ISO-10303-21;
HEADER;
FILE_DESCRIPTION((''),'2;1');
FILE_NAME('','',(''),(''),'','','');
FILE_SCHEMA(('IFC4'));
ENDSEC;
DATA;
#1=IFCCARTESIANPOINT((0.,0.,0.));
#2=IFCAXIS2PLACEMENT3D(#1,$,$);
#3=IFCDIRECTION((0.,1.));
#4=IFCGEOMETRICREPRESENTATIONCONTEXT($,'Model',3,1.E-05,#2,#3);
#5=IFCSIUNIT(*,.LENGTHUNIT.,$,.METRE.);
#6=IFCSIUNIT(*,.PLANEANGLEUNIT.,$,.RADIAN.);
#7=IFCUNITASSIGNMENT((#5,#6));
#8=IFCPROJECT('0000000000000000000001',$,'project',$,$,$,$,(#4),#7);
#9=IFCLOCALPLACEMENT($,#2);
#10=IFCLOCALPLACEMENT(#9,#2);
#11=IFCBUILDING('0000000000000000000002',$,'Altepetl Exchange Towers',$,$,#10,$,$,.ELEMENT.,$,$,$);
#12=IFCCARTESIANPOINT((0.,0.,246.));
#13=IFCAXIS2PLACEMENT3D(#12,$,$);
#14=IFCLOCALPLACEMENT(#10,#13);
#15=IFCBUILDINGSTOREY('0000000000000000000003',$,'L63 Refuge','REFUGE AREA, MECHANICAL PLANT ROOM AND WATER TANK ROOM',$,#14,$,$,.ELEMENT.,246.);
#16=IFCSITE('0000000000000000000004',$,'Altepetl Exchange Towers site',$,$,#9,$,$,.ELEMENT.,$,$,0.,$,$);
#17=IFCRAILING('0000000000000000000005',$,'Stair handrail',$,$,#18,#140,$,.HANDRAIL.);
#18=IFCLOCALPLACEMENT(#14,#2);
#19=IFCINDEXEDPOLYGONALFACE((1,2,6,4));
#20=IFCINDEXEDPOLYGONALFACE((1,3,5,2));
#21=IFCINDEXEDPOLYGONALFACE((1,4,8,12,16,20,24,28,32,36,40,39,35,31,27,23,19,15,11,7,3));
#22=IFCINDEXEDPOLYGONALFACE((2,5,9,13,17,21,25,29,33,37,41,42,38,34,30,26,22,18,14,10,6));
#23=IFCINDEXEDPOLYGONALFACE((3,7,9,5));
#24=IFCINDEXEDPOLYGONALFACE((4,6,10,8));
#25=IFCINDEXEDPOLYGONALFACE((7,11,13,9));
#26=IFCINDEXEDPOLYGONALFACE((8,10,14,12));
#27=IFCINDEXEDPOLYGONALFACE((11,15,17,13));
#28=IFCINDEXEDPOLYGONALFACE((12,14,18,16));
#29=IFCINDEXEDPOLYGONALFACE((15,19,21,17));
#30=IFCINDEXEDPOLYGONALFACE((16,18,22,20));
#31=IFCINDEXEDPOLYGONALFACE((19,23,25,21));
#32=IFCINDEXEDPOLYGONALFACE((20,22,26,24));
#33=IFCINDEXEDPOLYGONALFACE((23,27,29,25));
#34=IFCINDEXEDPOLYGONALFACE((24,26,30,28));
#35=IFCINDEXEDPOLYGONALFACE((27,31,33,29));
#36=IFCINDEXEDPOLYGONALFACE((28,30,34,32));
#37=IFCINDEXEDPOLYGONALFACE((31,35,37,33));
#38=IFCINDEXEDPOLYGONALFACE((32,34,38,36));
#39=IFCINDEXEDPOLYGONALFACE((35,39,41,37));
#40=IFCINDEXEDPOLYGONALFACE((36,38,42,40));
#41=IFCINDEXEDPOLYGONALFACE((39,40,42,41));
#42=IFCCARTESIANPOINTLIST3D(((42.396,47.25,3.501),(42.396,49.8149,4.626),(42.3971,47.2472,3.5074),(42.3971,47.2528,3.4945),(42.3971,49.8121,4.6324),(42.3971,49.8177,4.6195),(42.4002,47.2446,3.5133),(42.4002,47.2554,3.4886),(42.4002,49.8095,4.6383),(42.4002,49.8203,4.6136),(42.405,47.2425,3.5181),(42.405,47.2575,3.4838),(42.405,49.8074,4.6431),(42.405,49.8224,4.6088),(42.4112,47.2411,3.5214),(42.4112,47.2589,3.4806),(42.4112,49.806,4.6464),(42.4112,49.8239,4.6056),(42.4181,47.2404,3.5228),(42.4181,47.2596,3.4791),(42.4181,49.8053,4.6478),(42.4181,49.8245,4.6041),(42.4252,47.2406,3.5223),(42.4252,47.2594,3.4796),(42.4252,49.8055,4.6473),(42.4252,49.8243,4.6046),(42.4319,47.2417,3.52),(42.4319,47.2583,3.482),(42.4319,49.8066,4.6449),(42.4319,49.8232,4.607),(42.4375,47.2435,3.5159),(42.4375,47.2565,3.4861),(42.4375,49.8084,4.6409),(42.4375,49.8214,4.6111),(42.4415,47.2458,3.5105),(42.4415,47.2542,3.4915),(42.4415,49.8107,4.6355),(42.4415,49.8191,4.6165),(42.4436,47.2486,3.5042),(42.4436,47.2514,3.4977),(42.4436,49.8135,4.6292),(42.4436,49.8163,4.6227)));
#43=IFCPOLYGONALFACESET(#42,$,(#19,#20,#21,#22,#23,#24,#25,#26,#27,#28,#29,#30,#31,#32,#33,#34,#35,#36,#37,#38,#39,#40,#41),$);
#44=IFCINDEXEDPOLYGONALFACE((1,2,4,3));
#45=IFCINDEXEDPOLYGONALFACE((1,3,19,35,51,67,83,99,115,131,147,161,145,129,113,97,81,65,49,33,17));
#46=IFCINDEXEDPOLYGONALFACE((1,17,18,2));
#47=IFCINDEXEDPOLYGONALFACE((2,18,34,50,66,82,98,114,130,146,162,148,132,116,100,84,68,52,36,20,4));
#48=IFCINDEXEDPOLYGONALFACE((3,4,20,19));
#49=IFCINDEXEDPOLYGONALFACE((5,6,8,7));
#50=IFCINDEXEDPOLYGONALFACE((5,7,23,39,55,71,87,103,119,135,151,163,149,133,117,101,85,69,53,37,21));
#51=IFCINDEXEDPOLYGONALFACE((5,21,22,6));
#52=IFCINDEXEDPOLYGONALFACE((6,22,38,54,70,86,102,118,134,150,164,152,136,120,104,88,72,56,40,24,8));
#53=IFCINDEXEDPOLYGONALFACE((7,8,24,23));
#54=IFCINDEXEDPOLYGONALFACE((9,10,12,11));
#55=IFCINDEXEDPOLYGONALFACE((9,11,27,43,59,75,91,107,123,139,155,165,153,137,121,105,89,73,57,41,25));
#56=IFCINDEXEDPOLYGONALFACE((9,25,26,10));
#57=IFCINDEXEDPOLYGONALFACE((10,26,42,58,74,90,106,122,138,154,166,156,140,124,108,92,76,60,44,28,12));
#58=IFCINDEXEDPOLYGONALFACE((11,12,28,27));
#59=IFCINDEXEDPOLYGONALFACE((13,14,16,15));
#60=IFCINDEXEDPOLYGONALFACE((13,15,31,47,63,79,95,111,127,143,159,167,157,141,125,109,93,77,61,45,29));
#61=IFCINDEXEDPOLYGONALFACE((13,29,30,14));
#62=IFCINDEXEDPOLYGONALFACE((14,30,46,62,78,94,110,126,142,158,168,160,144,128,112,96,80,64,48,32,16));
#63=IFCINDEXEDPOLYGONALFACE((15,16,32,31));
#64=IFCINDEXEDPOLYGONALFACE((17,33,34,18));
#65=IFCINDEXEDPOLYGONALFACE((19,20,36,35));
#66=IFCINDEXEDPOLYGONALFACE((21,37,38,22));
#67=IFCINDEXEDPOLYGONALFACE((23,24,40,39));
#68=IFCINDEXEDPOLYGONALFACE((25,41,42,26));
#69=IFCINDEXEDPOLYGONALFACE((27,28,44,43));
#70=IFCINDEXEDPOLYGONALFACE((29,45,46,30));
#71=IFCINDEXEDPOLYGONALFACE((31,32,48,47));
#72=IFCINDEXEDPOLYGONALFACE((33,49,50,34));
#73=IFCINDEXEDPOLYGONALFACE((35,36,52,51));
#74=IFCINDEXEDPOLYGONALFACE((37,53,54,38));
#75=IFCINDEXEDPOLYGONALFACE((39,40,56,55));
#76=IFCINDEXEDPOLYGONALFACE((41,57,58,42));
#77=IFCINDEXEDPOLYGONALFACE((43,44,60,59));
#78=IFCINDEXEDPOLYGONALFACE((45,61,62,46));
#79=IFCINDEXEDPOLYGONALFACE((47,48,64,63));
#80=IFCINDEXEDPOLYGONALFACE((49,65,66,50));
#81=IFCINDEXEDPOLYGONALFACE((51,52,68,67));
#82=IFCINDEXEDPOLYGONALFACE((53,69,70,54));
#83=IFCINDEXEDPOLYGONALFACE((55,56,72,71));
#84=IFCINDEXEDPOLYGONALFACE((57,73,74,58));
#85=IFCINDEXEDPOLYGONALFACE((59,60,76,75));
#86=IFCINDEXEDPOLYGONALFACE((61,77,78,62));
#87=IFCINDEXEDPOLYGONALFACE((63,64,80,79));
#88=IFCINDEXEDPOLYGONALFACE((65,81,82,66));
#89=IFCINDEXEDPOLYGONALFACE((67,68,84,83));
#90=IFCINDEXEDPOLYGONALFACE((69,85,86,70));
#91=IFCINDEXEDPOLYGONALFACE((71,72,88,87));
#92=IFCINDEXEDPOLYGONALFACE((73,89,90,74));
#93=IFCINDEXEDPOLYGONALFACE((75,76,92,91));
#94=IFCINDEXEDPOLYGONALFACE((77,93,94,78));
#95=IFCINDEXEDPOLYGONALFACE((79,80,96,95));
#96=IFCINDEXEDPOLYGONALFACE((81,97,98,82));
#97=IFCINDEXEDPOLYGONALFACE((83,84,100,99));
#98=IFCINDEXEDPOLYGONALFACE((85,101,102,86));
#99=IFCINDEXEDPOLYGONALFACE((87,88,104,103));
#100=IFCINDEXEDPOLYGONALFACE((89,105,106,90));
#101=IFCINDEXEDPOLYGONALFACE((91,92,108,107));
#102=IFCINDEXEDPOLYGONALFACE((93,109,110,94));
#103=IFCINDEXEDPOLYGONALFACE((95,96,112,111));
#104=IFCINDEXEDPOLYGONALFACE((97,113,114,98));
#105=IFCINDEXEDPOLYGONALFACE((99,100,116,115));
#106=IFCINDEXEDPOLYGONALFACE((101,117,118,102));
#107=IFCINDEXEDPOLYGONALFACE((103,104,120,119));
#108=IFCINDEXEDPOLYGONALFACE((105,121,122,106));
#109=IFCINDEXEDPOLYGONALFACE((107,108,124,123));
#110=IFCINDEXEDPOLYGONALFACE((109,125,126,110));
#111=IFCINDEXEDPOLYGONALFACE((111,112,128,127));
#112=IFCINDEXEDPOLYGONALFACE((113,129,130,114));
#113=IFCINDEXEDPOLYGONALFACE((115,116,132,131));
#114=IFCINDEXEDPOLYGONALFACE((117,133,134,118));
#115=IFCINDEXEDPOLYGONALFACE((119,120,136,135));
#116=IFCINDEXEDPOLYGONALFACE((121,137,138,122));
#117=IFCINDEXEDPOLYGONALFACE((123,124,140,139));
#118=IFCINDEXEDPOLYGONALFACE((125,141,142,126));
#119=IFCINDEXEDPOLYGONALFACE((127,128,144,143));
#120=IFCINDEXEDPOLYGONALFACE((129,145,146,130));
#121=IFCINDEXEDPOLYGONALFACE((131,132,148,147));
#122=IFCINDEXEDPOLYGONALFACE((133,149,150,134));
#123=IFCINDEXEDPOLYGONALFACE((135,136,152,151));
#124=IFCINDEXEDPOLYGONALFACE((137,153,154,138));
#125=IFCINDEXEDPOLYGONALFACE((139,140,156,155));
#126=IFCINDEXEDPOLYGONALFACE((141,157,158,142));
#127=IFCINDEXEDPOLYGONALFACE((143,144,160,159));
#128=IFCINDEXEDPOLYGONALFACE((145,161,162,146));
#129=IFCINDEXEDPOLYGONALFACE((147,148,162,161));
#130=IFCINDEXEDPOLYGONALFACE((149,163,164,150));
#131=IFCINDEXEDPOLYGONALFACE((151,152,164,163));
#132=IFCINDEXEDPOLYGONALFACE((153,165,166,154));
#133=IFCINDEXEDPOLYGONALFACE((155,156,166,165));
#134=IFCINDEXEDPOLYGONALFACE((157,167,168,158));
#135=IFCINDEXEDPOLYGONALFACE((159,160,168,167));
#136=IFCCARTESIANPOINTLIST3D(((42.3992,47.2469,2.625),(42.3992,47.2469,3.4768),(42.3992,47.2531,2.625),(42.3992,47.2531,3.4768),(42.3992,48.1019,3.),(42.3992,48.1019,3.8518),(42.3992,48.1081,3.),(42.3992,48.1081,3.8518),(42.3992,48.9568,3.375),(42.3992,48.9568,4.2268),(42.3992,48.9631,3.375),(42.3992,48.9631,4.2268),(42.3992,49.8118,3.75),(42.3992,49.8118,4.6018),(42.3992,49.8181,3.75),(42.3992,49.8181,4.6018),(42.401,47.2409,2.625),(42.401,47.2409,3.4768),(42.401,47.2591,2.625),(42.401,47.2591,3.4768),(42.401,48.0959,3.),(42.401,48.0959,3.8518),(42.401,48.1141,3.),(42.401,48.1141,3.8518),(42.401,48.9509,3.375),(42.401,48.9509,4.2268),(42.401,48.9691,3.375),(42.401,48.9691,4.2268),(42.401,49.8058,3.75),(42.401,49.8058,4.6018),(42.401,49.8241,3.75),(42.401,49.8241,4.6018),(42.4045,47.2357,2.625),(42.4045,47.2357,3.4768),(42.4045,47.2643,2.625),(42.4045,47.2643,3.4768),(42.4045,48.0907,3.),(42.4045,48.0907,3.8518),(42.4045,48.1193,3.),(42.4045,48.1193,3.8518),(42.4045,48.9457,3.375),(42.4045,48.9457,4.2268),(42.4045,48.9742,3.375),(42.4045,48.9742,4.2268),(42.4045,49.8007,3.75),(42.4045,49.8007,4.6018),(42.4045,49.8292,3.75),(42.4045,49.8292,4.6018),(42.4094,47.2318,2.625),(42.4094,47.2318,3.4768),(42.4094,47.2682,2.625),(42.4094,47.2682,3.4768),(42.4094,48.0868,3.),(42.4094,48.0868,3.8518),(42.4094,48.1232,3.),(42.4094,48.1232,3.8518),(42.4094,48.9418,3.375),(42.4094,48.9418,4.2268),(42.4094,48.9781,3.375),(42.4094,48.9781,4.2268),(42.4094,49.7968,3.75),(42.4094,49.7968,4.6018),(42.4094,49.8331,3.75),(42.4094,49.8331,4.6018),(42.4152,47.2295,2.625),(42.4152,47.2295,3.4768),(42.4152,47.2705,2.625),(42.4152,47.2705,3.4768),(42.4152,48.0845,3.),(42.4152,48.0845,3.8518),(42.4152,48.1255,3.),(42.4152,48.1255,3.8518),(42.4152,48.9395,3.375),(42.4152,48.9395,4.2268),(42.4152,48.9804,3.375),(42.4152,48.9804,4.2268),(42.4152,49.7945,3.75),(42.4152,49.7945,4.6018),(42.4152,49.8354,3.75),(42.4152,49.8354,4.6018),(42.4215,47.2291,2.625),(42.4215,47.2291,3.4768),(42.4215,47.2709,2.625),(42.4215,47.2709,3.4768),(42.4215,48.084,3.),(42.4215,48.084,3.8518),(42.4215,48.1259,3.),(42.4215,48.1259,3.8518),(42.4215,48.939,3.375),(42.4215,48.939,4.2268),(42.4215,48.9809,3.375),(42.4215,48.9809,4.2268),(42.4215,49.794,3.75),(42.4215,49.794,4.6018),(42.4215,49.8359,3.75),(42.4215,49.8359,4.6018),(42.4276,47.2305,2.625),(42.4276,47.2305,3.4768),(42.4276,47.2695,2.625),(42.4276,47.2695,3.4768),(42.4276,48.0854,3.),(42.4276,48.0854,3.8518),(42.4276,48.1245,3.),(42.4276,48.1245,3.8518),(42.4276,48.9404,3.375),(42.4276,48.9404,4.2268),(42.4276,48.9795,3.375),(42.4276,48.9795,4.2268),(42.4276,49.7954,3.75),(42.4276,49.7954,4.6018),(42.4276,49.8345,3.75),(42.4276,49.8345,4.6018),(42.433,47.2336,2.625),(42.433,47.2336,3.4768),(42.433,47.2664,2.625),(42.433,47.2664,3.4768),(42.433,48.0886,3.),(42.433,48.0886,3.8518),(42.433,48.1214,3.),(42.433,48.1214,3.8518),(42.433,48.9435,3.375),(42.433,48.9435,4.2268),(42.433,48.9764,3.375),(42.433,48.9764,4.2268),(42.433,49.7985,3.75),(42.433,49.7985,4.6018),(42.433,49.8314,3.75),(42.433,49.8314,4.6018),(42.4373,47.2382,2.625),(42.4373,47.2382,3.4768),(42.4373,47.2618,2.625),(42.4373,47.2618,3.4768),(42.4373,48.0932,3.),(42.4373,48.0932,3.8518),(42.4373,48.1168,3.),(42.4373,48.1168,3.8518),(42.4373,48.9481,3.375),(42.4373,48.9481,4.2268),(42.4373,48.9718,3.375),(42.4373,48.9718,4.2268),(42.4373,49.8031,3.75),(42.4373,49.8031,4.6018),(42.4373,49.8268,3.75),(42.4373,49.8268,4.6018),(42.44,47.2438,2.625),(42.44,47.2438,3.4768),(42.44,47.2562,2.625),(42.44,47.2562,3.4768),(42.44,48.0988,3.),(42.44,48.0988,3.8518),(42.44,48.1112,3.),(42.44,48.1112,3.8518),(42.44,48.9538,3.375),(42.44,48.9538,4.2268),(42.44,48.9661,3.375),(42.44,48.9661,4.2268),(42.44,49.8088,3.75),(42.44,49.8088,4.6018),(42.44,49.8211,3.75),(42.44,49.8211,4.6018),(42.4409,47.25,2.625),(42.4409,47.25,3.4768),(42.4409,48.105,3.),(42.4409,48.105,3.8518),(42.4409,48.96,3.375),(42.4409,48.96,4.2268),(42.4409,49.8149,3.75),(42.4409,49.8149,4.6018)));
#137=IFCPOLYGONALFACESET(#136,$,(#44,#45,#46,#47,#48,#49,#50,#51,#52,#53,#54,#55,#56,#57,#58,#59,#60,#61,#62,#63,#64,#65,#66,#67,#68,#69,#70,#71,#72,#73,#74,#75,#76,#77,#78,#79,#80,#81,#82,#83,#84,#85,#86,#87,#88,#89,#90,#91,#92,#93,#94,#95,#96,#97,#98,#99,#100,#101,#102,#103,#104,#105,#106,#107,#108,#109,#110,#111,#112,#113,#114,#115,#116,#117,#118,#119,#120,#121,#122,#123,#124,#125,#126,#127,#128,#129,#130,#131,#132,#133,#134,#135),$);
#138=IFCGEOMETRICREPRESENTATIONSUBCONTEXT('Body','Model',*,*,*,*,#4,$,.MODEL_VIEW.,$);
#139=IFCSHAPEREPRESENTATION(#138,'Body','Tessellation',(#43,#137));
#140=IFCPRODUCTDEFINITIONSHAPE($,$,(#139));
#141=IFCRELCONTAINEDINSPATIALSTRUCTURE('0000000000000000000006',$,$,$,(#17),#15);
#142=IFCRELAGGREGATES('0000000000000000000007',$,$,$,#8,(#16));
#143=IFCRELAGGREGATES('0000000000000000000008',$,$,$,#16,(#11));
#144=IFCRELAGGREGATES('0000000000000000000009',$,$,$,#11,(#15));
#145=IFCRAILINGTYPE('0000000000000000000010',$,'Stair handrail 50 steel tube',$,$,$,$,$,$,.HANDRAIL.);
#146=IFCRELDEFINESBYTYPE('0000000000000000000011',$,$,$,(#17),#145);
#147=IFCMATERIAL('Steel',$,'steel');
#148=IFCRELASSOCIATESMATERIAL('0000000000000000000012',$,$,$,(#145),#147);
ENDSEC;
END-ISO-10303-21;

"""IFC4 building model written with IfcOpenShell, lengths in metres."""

from ifc_helpers import new_model, si_unit, direction, frame, origin, origin_2d, place, context, subcontext, project, spatial, circle, extrude, source, transform, mapped, material, type_object, element, save


model = new_model("IFC4")

# Units and contexts
model_context = context("Model", 3, precision=1e-05, world=origin(), true_north=direction((0.0, 1.0)))
body_context = subcontext(model_context, "Body", "Model", "MODEL_VIEW")
ifc_project = project(units=[si_unit("LENGTHUNIT", "METRE"), si_unit("PLANEANGLEUNIT", "RADIAN")], contexts=[model_context])

# Site, building, storey
site_placement = place(None, origin())
site = spatial("IfcSite", under=ifc_project, at=site_placement, Name="Altepetl Exchange Towers site", CompositionType="ELEMENT", RefElevation=0.0)
building_placement = place(site_placement, origin())
building = spatial("IfcBuilding", under=site, at=building_placement, Name="Altepetl Exchange Towers", CompositionType="ELEMENT")
storey_placement = place(building_placement, frame((0.0, 0.0, 246.0)))
storey = spatial("IfcBuildingStorey", under=building, at=storey_placement, Name="L63 Refuge", Description="REFUGE AREA, MECHANICAL PLANT ROOM AND WATER TANK ROOM", CompositionType="ELEMENT", Elevation=246.0)

# Railing
ifc_material_1 = material(Name="Steel", Category="steel")
railing_type = type_object("IfcRailingType", Name="Stair handrail 50 steel tube", PredefinedType="HANDRAIL", material=ifc_material_1)
shared_shape = source(origin(), body_context, "Body", "SweptSolid", [
    extrude(circle(Radius=0.021, at=origin_2d()), origin(), (0.0, 0.0, 1.0), 0.8518),
])
railing_1_placement = place(storey_placement, frame((42.4199, 47.25, 2.625)))
element("IfcRailing", 1, at=railing_1_placement, inside=storey, type_object=railing_type, Name="Stair handrail", PredefinedType="HANDRAIL", context=body_context, shape_type="SweptSolid", body=[
    extrude(circle(Radius=0.0239, at=origin_2d()), frame((0.0, 0.0, 0.876), z_axis=(0.0, 0.915785, 0.401669), x_axis=(-1.0, 0.0, 0.0)), (0.0, 0.0, 1.0), 2.8008),
    mapped(shared_shape, transform((0.0, 0.0, 0.0))),
    mapped(shared_shape, transform((0.0, 0.855, 0.375))),
    mapped(shared_shape, transform((0.0, 1.71, 0.75))),
    mapped(shared_shape, transform((0.0, 2.5649, 1.125))),
])

save(model, "model.ifc")
